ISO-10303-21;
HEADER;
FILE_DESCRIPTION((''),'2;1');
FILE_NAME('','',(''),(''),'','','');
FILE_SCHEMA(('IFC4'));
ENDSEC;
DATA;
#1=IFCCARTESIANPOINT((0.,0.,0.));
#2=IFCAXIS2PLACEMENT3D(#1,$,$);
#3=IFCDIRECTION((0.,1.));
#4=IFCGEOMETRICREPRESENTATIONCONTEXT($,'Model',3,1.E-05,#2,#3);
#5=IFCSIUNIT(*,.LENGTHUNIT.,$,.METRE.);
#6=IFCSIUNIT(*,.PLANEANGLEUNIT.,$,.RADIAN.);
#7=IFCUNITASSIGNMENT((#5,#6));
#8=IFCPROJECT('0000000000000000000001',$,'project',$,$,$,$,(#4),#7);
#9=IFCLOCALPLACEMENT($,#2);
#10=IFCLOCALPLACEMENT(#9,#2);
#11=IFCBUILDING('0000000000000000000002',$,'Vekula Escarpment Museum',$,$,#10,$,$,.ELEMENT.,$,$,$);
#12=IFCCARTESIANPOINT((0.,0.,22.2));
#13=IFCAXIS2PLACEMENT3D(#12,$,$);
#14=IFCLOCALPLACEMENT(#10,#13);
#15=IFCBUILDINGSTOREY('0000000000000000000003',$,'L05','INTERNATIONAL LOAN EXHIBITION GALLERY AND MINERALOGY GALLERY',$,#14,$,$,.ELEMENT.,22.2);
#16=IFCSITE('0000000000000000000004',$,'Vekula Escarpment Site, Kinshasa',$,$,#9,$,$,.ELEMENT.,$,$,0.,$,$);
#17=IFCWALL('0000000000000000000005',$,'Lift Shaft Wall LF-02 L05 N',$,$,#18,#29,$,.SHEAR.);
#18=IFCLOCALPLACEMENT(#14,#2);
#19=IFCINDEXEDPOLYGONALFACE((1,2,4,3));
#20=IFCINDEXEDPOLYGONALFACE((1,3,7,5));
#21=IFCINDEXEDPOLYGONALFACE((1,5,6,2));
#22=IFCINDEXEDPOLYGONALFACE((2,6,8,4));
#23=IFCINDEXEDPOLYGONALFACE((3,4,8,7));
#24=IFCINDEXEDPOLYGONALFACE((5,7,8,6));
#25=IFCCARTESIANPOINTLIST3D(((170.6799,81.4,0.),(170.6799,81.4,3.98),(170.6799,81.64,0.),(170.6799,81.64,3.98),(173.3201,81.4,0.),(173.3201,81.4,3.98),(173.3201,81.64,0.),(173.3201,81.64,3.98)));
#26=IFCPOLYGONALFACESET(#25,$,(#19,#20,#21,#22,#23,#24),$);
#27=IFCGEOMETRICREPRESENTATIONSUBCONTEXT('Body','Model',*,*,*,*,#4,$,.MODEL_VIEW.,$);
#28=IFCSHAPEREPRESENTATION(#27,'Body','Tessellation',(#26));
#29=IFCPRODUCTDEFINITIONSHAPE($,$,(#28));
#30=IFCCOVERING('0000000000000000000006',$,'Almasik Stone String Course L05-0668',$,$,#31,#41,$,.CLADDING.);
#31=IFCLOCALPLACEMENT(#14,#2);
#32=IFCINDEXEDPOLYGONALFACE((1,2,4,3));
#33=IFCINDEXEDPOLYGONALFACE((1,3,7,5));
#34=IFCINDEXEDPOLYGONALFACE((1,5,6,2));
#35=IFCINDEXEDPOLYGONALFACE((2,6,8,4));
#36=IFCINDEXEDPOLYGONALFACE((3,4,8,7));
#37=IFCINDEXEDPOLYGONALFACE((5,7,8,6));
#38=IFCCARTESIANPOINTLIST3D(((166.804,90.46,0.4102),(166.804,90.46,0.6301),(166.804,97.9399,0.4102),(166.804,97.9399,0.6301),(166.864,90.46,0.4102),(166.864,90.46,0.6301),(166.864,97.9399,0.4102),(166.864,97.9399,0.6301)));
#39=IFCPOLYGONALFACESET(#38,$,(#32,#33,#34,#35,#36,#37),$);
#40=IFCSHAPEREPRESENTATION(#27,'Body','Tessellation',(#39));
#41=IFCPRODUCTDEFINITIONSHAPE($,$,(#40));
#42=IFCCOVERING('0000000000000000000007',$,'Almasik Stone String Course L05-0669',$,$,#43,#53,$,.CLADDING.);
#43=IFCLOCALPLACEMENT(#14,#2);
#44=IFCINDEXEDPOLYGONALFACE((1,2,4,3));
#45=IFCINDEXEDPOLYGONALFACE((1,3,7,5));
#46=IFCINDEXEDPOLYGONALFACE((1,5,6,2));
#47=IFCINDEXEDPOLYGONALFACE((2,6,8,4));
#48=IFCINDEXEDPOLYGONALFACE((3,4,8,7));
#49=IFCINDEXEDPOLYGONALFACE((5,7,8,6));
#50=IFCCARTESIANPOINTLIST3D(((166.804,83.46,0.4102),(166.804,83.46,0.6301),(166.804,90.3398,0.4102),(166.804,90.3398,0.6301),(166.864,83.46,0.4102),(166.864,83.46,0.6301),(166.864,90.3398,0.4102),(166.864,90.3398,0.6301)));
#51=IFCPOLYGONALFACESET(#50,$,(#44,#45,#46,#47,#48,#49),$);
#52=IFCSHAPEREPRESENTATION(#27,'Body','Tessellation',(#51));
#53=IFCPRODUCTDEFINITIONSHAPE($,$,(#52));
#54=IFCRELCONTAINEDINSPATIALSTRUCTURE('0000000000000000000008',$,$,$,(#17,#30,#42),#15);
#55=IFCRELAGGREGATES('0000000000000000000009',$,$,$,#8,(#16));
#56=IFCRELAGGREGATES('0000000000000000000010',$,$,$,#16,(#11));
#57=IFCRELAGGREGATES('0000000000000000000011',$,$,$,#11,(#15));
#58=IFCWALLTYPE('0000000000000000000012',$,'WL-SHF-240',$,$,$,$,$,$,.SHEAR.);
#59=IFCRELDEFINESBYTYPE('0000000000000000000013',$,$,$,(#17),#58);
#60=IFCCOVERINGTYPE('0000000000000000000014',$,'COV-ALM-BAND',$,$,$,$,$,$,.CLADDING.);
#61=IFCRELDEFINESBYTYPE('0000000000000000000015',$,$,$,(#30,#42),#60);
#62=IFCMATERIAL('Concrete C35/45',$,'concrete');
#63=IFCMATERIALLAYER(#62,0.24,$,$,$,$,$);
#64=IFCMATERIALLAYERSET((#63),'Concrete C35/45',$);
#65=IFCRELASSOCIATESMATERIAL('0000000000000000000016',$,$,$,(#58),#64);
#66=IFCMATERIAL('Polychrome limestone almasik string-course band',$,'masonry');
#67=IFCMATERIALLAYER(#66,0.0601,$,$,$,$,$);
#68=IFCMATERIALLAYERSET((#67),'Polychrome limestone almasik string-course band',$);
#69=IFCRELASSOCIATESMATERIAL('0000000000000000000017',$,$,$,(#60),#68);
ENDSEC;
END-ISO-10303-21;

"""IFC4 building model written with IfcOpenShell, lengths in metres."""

from ifc_helpers import new_model, si_unit, direction, frame, frame_2d, origin, origin_2d, place, context, subcontext, project, spatial, rectangle, extrude, material, layer, layer_set, type_object, element, save


model = new_model("IFC4")

# Units and contexts
model_context = context("Model", 3, precision=1e-05, world=origin(), true_north=direction((0.0, 1.0)))
body_context = subcontext(model_context, "Body", "Model", "MODEL_VIEW")
ifc_project = project(units=[si_unit("LENGTHUNIT", "METRE"), si_unit("PLANEANGLEUNIT", "RADIAN")], contexts=[model_context])

# Site, building, storey
site_placement = place(None, origin())
site = spatial("IfcSite", under=ifc_project, at=site_placement, Name="Vekula Escarpment Site, Kinshasa", CompositionType="ELEMENT", RefElevation=0.0)
building_placement = place(site_placement, origin())
building = spatial("IfcBuilding", under=site, at=building_placement, Name="Vekula Escarpment Museum", CompositionType="ELEMENT")
storey_placement = place(building_placement, frame((0.0, 0.0, 22.2)))
storey = spatial("IfcBuildingStorey", under=building, at=storey_placement, Name="L05", Description="INTERNATIONAL LOAN EXHIBITION GALLERY AND MINERALOGY GALLERY", CompositionType="ELEMENT", Elevation=22.2)

# Wall
ifc_material_1 = material(Name="Concrete C35/45", Category="concrete")
ifc_layer_1 = layer(ifc_material_1, 0.24)
ifc_layer_set_1 = layer_set([ifc_layer_1], Name="Concrete C35/45")
wall_type_1 = type_object("IfcWallType", Name="WL-SHF-240", PredefinedType="SHEAR", material=ifc_layer_set_1)
for number, where, z_axis, x_axis, name in (
    (1, (170.6799, 81.52, 0.0), (0.0, 0.0, 1.0), (1.0, 0.0, 0.0), "Lift Shaft Wall LF-02 L05 N"),
):
    element("IfcWall", number, at=place(storey_placement, frame(where, z_axis=z_axis, x_axis=x_axis)), inside=storey, type_object=wall_type_1, Name=name, PredefinedType="SHEAR", context=body_context, shape_type="SweptSolid", body=[
        extrude(rectangle(XDim=2.6401, YDim=0.24, at=frame_2d((1.3201, 0.0))), origin(), (0.0, 0.0, 1.0), 3.98),
    ])

# Coverings
ifc_material_2 = material(Name="Polychrome limestone almasik string-course band", Category="masonry")
ifc_layer_2 = layer(ifc_material_2, 0.0601)
ifc_layer_set_2 = layer_set([ifc_layer_2], Name="Polychrome limestone almasik string-course band")
covering_type = type_object("IfcCoveringType", Name="COV-ALM-BAND", PredefinedType="CLADDING", material=ifc_layer_set_2)
covering_1_placement = place(storey_placement, frame((166.834, 94.2, 0.4102), z_axis=(0.0, 0.0, 1.0), x_axis=(0.0, 1.0, 0.0)))
element("IfcCovering", 2, at=covering_1_placement, inside=storey, type_object=covering_type, Name="Almasik Stone String Course L05-0668", PredefinedType="CLADDING", context=body_context, shape_type="SweptSolid", body=[
    extrude(rectangle(XDim=7.48, YDim=0.0601, at=origin_2d()), origin(), (0.0, 0.0, 1.0), 0.22),
])
covering_2_placement = place(storey_placement, frame((166.834, 86.8999, 0.4102), z_axis=(0.0, 0.0, 1.0), x_axis=(0.0, 1.0, 0.0)))
element("IfcCovering", 3, at=covering_2_placement, inside=storey, type_object=covering_type, Name="Almasik Stone String Course L05-0669", PredefinedType="CLADDING", context=body_context, shape_type="SweptSolid", body=[
    extrude(rectangle(XDim=6.8799, YDim=0.0601, at=origin_2d()), origin(), (0.0, 0.0, 1.0), 0.22),
])

save(model, "model.ifc")
